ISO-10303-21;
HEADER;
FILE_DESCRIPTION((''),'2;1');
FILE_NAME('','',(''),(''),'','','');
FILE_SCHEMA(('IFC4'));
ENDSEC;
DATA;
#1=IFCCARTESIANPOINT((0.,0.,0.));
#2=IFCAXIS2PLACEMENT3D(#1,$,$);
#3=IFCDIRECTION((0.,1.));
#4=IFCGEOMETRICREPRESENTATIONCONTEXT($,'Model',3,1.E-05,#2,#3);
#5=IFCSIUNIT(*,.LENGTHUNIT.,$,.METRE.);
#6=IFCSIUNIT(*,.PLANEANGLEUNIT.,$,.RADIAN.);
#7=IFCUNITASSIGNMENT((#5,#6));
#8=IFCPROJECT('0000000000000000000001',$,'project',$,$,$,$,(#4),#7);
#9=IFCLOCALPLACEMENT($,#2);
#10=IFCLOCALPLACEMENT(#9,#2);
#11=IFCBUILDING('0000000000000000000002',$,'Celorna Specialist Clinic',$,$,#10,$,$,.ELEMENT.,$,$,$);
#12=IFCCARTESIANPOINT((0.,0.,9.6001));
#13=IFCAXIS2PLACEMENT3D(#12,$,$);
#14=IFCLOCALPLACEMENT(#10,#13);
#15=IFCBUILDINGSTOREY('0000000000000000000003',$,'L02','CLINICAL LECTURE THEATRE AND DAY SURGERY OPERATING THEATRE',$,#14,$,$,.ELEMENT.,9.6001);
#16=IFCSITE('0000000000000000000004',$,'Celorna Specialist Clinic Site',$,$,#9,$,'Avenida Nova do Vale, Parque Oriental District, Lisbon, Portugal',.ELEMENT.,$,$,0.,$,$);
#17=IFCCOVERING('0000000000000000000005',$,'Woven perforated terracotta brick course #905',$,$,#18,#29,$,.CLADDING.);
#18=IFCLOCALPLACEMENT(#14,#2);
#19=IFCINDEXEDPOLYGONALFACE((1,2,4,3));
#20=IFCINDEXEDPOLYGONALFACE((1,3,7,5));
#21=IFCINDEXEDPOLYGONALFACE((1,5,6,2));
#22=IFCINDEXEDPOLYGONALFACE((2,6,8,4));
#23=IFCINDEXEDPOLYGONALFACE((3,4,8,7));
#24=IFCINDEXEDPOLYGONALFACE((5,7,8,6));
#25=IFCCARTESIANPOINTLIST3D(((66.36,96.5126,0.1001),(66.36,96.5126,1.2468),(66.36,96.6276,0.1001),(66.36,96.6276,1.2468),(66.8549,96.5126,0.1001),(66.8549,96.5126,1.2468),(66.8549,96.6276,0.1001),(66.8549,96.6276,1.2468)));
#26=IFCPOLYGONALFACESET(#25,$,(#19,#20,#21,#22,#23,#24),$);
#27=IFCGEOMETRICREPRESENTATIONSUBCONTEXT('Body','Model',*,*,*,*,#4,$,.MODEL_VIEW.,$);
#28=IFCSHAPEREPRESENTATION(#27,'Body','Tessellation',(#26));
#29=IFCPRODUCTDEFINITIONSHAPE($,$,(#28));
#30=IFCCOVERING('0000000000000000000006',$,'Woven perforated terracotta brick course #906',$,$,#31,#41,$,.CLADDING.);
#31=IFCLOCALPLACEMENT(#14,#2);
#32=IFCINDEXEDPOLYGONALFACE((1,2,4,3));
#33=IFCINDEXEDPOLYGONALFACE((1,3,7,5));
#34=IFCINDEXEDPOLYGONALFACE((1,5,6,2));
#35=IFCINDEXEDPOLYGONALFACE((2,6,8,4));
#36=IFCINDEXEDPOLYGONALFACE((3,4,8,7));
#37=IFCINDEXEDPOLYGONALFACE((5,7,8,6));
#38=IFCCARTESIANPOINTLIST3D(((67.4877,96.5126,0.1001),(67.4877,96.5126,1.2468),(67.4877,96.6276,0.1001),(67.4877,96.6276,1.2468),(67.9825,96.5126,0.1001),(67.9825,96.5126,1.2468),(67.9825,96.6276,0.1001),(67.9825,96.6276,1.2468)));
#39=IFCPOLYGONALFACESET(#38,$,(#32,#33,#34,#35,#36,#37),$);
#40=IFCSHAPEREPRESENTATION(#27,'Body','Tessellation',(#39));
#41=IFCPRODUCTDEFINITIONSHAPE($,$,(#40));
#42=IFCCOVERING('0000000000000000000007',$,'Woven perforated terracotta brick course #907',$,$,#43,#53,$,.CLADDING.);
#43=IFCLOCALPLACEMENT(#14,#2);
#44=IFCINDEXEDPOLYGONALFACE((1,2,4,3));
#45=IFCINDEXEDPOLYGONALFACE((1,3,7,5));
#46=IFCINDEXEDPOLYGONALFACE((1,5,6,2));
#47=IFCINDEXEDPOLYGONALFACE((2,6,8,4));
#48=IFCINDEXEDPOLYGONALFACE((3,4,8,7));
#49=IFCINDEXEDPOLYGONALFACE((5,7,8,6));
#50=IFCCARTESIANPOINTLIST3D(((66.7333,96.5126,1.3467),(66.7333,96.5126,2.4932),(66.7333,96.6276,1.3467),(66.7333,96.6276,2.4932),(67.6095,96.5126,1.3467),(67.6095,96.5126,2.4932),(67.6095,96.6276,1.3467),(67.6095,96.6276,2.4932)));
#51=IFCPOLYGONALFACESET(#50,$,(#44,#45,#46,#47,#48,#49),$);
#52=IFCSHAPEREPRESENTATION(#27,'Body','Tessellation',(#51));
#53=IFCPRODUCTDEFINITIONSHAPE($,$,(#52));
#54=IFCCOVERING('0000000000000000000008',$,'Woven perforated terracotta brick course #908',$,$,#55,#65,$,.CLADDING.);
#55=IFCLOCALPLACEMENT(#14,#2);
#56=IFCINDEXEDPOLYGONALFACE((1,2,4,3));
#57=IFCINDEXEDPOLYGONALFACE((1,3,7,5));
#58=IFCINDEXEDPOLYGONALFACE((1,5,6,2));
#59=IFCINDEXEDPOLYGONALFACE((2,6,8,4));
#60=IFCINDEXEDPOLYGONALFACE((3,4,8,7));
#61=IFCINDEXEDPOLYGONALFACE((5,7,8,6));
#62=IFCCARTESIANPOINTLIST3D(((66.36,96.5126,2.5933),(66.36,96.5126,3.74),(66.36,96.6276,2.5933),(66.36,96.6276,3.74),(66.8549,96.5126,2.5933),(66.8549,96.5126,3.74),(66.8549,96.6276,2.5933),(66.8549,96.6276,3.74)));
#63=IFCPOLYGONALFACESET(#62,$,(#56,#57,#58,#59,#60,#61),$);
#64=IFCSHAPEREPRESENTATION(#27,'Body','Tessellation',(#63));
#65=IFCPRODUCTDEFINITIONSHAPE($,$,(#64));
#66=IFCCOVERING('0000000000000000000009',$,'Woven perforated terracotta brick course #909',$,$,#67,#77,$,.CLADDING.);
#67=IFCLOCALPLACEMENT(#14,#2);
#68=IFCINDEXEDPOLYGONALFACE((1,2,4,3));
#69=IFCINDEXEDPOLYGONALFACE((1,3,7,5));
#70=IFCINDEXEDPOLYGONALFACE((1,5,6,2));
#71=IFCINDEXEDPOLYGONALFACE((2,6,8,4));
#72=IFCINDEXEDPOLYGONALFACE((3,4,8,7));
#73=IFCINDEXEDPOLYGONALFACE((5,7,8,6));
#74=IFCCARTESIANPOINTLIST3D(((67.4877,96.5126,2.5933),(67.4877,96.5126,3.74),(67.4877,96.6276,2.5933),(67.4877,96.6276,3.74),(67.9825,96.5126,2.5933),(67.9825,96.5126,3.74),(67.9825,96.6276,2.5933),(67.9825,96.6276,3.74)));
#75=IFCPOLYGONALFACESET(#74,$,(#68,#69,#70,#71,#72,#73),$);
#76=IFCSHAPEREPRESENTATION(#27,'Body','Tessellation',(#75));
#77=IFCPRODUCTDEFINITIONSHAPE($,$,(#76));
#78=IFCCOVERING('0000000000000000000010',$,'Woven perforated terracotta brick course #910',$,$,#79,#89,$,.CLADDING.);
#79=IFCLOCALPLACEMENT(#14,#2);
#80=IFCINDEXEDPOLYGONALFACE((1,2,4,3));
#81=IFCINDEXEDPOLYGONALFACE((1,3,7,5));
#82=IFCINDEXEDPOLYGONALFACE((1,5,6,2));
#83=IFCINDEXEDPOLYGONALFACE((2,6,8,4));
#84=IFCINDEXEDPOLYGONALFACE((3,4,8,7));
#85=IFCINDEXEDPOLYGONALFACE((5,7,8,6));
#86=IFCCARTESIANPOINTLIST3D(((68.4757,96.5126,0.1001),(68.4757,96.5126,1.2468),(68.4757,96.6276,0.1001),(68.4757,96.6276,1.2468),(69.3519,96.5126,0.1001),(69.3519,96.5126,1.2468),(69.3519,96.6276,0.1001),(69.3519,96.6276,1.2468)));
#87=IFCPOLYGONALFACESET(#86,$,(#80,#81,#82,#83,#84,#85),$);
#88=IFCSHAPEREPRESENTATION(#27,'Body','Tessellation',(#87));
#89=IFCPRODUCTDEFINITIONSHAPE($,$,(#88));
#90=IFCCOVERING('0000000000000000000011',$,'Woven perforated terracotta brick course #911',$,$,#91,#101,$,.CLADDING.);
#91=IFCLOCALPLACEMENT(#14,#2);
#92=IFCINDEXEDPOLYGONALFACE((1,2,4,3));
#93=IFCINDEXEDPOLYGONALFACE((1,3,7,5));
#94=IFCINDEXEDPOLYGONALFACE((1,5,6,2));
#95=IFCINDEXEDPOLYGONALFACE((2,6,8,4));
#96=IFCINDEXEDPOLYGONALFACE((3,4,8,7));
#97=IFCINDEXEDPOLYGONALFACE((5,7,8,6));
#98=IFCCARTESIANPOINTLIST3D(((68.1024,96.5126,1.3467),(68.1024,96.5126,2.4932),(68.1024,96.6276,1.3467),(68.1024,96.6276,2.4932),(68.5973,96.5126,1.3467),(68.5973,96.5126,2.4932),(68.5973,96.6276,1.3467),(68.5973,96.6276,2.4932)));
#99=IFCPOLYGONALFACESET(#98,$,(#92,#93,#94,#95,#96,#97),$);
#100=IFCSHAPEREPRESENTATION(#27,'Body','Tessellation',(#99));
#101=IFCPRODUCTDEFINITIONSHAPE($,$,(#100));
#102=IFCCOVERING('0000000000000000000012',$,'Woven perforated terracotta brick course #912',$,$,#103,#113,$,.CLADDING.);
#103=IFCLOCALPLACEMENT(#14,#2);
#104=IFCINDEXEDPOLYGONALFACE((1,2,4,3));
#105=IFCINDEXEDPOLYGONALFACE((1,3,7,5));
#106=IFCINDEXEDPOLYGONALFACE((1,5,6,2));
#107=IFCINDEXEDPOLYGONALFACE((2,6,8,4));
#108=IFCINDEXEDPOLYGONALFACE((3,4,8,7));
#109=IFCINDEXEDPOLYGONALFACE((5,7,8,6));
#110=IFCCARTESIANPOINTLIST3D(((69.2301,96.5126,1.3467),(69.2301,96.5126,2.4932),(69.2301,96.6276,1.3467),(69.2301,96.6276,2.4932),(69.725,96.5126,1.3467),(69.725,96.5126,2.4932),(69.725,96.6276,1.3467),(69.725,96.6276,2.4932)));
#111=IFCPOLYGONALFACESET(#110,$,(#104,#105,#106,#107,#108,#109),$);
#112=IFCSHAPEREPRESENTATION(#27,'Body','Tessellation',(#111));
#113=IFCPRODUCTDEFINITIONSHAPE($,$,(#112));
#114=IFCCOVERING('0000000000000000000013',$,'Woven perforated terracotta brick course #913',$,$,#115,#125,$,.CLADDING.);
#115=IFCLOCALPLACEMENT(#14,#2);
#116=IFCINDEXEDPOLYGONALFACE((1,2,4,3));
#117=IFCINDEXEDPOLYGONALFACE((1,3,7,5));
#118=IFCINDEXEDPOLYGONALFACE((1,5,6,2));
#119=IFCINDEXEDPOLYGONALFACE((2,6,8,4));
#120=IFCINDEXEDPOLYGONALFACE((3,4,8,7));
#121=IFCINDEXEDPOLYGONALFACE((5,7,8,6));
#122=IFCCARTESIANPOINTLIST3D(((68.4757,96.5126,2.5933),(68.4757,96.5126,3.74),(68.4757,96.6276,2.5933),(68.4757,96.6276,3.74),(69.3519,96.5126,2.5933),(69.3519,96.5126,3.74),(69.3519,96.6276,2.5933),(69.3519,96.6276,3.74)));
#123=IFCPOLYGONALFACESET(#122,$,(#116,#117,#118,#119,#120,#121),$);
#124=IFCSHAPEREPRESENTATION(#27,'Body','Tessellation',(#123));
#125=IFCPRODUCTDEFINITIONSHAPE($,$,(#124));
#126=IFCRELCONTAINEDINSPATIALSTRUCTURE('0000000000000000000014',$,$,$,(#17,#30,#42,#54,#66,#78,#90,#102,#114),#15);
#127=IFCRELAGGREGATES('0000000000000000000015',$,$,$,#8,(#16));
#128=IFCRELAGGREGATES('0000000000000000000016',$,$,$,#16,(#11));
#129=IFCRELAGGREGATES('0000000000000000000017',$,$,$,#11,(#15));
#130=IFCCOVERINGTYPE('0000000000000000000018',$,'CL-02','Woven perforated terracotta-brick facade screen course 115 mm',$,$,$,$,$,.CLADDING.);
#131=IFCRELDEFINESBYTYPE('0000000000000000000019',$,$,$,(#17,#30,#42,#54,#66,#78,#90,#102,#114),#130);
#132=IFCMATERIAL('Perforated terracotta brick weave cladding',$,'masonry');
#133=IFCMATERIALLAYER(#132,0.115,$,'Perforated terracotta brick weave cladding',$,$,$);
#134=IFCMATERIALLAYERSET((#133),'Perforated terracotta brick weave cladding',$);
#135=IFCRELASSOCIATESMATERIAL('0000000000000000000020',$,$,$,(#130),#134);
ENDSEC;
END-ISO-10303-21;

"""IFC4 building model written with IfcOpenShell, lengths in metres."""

from ifc_helpers import new_model, si_unit, direction, frame, origin, origin_2d, place, context, subcontext, project, spatial, rectangle, extrude, material, layer, layer_set, type_object, element, save


model = new_model("IFC4")

# Units and contexts
model_context = context("Model", 3, precision=1e-05, world=origin(), true_north=direction((0.0, 1.0)))
body_context = subcontext(model_context, "Body", "Model", "MODEL_VIEW")
ifc_project = project(units=[si_unit("LENGTHUNIT", "METRE"), si_unit("PLANEANGLEUNIT", "RADIAN")], contexts=[model_context])

# Site, building, storey
site_placement = place(None, origin())
site = spatial("IfcSite", under=ifc_project, at=site_placement, Name="Celorna Specialist Clinic Site", LongName="Avenida Nova do Vale, Parque Oriental District, Lisbon, Portugal", CompositionType="ELEMENT", RefElevation=0.0)
building_placement = place(site_placement, origin())
building = spatial("IfcBuilding", under=site, at=building_placement, Name="Celorna Specialist Clinic", CompositionType="ELEMENT")
storey_placement = place(building_placement, frame((0.0, 0.0, 9.6001)))
storey = spatial("IfcBuildingStorey", under=building, at=storey_placement, Name="L02", Description="CLINICAL LECTURE THEATRE AND DAY SURGERY OPERATING THEATRE", CompositionType="ELEMENT", Elevation=9.6001)

# Coverings
ifc_material_1 = material(Name="Perforated terracotta brick weave cladding", Category="masonry")
ifc_layer_1 = layer(ifc_material_1, 0.115, Name="Perforated terracotta brick weave cladding")
ifc_layer_set_1 = layer_set([ifc_layer_1], Name="Perforated terracotta brick weave cladding")
covering_type = type_object("IfcCoveringType", Name="CL-02", Description="Woven perforated terracotta-brick facade screen course 115 mm", PredefinedType="CLADDING", material=ifc_layer_set_1)
for number, where, z_axis, x_axis, name in (
    (1, (66.6074, 96.5701, 0.1001), (0.0, 0.0, 1.0), (1.0, 0.0, 0.0), "Woven perforated terracotta brick course #905"),
    (2, (67.7351, 96.5701, 0.1001), (0.0, 0.0, 1.0), (1.0, 0.0, 0.0), "Woven perforated terracotta brick course #906"),
):
    element("IfcCovering", number, at=place(storey_placement, frame(where, z_axis=z_axis, x_axis=x_axis)), inside=storey, type_object=covering_type, Name=name, PredefinedType="CLADDING", context=body_context, shape_type="SweptSolid", body=[
        extrude(rectangle(XDim=0.4949, YDim=0.115, at=origin_2d()), origin(), (0.0, 0.0, 1.0), 1.1467),
    ])
covering_1_placement = place(storey_placement, frame((67.1714, 96.5701, 1.3467), z_axis=(0.0, 0.0, 1.0), x_axis=(1.0, 0.0, 0.0)))
element("IfcCovering", 3, at=covering_1_placement, inside=storey, type_object=covering_type, Name="Woven perforated terracotta brick course #907", PredefinedType="CLADDING", context=body_context, shape_type="SweptSolid", body=[
    extrude(rectangle(XDim=0.8762, YDim=0.115, at=origin_2d()), origin(), (0.0, 0.0, 1.0), 1.1465),
])
for number, where, z_axis, x_axis, name in (
    (4, (66.6074, 96.5701, 2.5933), (0.0, 0.0, 1.0), (1.0, 0.0, 0.0), "Woven perforated terracotta brick course #908"),
    (5, (67.7351, 96.5701, 2.5933), (0.0, 0.0, 1.0), (1.0, 0.0, 0.0), "Woven perforated terracotta brick course #909"),
):
    element("IfcCovering", number, at=place(storey_placement, frame(where, z_axis=z_axis, x_axis=x_axis)), inside=storey, type_object=covering_type, Name=name, PredefinedType="CLADDING", context=body_context, shape_type="SweptSolid", body=[
        extrude(rectangle(XDim=0.4949, YDim=0.115, at=origin_2d()), origin(), (0.0, 0.0, 1.0), 1.1467),
    ])
covering_2_placement = place(storey_placement, frame((68.9138, 96.5701, 0.1001), z_axis=(0.0, 0.0, 1.0), x_axis=(1.0, 0.0, 0.0)))
element("IfcCovering", 6, at=covering_2_placement, inside=storey, type_object=covering_type, Name="Woven perforated terracotta brick course #910", PredefinedType="CLADDING", context=body_context, shape_type="SweptSolid", body=[
    extrude(rectangle(XDim=0.8762, YDim=0.115, at=origin_2d()), origin(), (0.0, 0.0, 1.0), 1.1467),
])
for number, where, z_axis, x_axis, name in (
    (7, (68.3499, 96.5701, 1.3467), (0.0, 0.0, 1.0), (1.0, 0.0, 0.0), "Woven perforated terracotta brick course #911"),
    (8, (69.4775, 96.5701, 1.3467), (0.0, 0.0, 1.0), (1.0, 0.0, 0.0), "Woven perforated terracotta brick course #912"),
):
    element("IfcCovering", number, at=place(storey_placement, frame(where, z_axis=z_axis, x_axis=x_axis)), inside=storey, type_object=covering_type, Name=name, PredefinedType="CLADDING", context=body_context, shape_type="SweptSolid", body=[
        extrude(rectangle(XDim=0.4949, YDim=0.115, at=origin_2d()), origin(), (0.0, 0.0, 1.0), 1.1465),
    ])
covering_3_placement = place(storey_placement, frame((68.9138, 96.5701, 2.5933), z_axis=(0.0, 0.0, 1.0), x_axis=(1.0, 0.0, 0.0)))
element("IfcCovering", 9, at=covering_3_placement, inside=storey, type_object=covering_type, Name="Woven perforated terracotta brick course #913", PredefinedType="CLADDING", context=body_context, shape_type="SweptSolid", body=[
    extrude(rectangle(XDim=0.8762, YDim=0.115, at=origin_2d()), origin(), (0.0, 0.0, 1.0), 1.1467),
])

save(model, "model.ifc")
